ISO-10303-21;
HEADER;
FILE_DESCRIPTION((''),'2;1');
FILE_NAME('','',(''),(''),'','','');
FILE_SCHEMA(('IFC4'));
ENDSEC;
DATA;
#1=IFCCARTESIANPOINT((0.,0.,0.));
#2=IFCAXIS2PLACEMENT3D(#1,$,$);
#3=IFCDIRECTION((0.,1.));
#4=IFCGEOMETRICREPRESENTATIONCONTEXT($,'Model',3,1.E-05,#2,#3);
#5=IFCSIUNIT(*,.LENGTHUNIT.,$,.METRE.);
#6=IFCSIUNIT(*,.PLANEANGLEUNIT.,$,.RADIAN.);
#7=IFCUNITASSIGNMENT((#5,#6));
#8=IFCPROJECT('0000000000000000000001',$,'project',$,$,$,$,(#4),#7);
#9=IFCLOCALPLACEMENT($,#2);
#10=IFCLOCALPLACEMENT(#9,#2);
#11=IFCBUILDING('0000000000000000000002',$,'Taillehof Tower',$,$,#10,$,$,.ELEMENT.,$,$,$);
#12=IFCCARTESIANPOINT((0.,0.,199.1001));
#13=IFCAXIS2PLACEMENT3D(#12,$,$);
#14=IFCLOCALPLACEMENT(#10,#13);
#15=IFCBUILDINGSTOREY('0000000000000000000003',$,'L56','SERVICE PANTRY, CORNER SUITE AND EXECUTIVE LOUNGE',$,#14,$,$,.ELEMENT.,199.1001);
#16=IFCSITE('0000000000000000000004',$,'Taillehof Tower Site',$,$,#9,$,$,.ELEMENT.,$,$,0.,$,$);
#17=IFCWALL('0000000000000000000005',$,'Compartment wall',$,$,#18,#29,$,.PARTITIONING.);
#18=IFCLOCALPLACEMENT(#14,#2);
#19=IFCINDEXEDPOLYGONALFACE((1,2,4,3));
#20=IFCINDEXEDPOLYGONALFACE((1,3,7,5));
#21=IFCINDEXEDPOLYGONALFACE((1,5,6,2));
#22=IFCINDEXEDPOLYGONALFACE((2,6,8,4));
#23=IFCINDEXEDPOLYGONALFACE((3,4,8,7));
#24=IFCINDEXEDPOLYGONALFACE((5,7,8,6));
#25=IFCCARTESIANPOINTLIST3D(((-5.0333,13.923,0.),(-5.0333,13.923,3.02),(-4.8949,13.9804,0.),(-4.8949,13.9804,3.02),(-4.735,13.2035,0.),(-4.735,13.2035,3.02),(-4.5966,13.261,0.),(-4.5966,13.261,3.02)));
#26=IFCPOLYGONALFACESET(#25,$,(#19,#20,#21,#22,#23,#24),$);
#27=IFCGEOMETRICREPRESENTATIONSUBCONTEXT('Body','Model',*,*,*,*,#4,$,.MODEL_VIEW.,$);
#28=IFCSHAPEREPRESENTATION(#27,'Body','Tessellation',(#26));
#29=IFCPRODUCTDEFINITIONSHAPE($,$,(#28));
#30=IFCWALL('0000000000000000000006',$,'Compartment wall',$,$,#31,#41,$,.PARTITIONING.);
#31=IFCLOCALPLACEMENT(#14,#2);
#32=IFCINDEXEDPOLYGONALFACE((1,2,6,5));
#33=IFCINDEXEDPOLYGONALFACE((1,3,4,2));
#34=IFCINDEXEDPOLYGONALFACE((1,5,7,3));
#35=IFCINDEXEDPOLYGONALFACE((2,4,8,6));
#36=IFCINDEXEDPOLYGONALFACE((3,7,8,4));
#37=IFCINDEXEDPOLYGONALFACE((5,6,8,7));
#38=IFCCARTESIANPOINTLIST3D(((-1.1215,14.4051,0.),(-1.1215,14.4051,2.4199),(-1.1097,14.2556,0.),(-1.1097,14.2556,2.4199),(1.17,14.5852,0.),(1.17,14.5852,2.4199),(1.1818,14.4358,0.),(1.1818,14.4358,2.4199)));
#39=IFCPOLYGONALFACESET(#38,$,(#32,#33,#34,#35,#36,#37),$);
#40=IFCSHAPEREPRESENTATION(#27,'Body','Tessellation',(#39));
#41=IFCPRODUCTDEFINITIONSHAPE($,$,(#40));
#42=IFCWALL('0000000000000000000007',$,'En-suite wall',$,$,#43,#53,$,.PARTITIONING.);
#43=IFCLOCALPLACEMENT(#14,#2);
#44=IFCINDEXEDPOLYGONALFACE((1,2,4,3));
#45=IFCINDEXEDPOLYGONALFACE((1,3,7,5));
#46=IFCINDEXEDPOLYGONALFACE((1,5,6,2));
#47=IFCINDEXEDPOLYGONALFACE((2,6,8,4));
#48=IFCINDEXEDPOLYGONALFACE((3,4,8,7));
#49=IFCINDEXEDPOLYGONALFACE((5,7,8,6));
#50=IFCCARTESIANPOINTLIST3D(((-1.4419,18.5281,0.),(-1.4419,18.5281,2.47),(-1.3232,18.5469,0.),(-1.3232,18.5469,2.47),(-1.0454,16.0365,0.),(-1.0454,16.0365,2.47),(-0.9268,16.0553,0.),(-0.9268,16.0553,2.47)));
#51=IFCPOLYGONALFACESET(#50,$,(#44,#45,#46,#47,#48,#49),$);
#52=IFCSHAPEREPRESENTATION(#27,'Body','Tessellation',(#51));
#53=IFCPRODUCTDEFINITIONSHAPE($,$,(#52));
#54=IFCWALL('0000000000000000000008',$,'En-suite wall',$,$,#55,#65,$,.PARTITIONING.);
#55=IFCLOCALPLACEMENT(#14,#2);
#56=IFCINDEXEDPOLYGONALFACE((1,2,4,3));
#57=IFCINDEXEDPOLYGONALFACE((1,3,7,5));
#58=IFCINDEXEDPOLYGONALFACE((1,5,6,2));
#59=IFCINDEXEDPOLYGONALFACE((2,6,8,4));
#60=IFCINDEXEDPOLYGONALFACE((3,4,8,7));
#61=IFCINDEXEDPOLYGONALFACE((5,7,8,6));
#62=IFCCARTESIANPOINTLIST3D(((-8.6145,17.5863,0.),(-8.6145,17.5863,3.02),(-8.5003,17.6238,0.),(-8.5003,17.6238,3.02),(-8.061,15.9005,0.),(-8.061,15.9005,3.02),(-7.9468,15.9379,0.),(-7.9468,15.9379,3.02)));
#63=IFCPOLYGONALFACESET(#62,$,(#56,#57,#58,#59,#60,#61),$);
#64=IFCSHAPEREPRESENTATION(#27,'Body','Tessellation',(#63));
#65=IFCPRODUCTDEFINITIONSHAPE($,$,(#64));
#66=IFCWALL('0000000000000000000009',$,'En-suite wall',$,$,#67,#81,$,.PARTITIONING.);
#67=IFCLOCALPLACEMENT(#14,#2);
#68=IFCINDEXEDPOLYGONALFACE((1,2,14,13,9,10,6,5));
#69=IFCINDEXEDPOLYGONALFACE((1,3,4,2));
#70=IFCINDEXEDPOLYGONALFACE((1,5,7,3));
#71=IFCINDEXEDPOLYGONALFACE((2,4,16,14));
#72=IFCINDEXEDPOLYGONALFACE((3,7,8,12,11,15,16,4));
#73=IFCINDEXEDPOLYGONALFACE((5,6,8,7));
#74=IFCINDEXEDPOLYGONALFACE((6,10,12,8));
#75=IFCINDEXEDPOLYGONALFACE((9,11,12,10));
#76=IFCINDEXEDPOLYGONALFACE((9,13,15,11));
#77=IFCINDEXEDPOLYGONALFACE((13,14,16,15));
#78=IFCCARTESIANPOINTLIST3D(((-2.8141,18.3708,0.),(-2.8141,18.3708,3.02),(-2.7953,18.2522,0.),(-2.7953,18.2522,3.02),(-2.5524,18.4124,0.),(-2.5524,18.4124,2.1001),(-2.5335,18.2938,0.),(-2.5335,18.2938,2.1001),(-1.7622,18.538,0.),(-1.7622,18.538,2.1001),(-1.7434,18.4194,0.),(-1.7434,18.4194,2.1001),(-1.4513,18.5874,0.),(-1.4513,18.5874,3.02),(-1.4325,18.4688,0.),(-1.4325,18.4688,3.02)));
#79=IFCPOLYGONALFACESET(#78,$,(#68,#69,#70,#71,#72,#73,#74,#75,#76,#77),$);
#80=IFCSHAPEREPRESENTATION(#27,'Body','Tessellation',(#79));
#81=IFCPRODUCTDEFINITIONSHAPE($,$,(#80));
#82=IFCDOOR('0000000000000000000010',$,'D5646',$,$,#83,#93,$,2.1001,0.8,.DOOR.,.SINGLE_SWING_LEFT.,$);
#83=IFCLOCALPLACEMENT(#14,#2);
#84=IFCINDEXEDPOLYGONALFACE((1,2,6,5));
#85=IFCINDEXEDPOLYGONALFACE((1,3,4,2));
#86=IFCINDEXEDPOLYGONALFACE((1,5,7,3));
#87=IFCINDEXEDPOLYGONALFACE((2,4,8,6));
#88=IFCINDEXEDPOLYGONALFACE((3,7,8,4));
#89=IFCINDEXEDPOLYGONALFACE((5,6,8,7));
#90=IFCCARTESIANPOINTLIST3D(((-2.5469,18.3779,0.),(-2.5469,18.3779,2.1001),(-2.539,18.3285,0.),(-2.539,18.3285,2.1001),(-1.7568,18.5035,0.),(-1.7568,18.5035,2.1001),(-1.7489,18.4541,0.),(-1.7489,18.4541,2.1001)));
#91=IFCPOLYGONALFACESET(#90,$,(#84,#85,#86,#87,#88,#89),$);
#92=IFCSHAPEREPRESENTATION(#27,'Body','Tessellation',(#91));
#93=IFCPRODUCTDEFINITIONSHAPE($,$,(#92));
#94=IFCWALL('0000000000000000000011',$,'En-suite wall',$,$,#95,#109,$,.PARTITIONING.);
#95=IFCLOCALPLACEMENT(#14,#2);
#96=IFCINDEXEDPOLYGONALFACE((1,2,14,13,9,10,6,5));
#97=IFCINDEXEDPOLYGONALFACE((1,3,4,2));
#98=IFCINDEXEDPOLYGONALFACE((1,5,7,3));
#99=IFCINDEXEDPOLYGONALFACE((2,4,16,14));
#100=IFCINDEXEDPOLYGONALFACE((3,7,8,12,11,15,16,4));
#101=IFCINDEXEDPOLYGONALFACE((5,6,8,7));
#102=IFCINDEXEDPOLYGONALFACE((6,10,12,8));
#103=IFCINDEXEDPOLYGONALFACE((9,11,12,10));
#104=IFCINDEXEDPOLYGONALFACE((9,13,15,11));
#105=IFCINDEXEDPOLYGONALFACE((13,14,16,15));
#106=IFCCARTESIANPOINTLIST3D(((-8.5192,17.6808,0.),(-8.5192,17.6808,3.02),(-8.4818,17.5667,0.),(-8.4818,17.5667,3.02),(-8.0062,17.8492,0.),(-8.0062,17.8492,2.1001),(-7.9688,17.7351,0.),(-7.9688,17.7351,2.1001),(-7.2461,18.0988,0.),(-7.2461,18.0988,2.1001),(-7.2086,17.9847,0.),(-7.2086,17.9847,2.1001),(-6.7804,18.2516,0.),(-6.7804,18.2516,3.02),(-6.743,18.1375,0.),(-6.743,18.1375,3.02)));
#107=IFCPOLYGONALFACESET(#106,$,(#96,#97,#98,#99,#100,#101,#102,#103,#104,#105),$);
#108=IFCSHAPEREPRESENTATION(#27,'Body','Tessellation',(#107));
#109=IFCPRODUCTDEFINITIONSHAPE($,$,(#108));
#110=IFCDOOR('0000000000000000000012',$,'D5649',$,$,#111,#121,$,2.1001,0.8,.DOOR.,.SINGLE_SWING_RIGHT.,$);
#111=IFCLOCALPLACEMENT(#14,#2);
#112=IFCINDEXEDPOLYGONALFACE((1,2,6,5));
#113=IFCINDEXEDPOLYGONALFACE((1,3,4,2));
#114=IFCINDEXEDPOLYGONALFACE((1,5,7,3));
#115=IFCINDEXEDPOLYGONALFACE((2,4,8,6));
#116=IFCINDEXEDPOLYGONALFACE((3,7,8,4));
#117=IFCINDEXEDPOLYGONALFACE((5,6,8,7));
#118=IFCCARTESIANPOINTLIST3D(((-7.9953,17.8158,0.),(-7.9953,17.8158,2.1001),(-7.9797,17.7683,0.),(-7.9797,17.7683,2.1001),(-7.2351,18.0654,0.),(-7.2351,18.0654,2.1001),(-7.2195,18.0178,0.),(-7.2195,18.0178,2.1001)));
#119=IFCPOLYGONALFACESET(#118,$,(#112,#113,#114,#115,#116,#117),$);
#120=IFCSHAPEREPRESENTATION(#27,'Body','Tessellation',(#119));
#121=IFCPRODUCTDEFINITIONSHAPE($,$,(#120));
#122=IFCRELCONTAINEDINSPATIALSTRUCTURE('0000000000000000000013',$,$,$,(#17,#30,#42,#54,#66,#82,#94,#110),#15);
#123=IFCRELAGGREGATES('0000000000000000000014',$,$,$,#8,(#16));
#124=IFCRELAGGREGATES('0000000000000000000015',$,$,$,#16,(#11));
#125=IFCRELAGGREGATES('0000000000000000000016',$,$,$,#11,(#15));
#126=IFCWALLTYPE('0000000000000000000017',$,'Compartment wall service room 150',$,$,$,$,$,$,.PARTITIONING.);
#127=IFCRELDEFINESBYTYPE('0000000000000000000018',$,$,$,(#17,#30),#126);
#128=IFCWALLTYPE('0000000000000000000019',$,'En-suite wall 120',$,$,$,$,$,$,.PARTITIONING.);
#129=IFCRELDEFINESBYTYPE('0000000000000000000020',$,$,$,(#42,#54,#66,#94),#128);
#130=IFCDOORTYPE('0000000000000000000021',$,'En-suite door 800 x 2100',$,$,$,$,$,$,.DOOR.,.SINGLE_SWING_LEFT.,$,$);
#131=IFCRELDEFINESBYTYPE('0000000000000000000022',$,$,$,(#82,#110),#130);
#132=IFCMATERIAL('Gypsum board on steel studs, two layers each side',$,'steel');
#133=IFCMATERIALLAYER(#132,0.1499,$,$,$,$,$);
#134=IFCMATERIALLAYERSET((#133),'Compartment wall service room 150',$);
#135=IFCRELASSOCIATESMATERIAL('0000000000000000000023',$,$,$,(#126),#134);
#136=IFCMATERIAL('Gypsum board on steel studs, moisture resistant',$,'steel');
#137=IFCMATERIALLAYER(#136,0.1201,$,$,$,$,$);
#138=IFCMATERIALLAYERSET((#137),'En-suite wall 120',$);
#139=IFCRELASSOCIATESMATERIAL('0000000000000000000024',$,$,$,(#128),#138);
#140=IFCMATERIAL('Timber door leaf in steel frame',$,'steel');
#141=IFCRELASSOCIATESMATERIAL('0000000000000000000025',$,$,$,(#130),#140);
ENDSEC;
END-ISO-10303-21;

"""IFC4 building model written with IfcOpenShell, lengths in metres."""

from ifc_helpers import new_model, si_unit, direction, frame, frame_2d, origin, place, context, subcontext, project, spatial, rectangle, extrude, material, layer, layer_set, type_object, element, fill, save


model = new_model("IFC4")

# Units and contexts
model_context = context("Model", 3, precision=1e-05, world=origin(), true_north=direction((0.0, 1.0)))
body_context = subcontext(model_context, "Body", "Model", "MODEL_VIEW")
ifc_project = project(units=[si_unit("LENGTHUNIT", "METRE"), si_unit("PLANEANGLEUNIT", "RADIAN")], contexts=[model_context])

# Site, building, storey
site_placement = place(None, origin())
site = spatial("IfcSite", under=ifc_project, at=site_placement, Name="Taillehof Tower Site", CompositionType="ELEMENT", RefElevation=0.0)
building_placement = place(site_placement, origin())
building = spatial("IfcBuilding", under=site, at=building_placement, Name="Taillehof Tower", CompositionType="ELEMENT")
storey_placement = place(building_placement, frame((0.0, 0.0, 199.1001)))
storey = spatial("IfcBuildingStorey", under=building, at=storey_placement, Name="L56", Description="SERVICE PANTRY, CORNER SUITE AND EXECUTIVE LOUNGE", CompositionType="ELEMENT", Elevation=199.1001)

# Walls
ifc_material_1 = material(Name="Gypsum board on steel studs, two layers each side", Category="steel")
ifc_layer_1 = layer(ifc_material_1, 0.1499)
ifc_layer_set_1 = layer_set([ifc_layer_1], Name="Compartment wall service room 150")
wall_type_1 = type_object("IfcWallType", Name="Compartment wall service room 150", PredefinedType="PARTITIONING", material=ifc_layer_set_1)
wall_1_placement = place(storey_placement, frame((-4.9641, 13.9517, 0.0), z_axis=(0.0, 0.0, 1.0), x_axis=(0.383035, -0.923734, 0.0)))
element("IfcWall", 1, at=wall_1_placement, inside=storey, type_object=wall_type_1, Name="Compartment wall", PredefinedType="PARTITIONING", context=body_context, shape_type="SweptSolid", body=[
    extrude(rectangle(XDim=0.7788, YDim=0.1499, at=frame_2d((0.3894, 0.0))), origin(), (0.0, 0.0, 1.0), 3.02),
])
wall_2_placement = place(storey_placement, frame((-1.1157, 14.3303, 0.0), z_axis=(0.0, 0.0, 1.0), x_axis=(0.996923, 0.078386, 0.0)))
element("IfcWall", 2, at=wall_2_placement, inside=storey, type_object=wall_type_1, Name="Compartment wall", PredefinedType="PARTITIONING", context=body_context, shape_type="SweptSolid", body=[
    extrude(rectangle(XDim=2.2986, YDim=0.1499, at=frame_2d((1.1494, 0.0))), origin(), (0.0, 0.0, 1.0), 2.4199),
])
ifc_material_2 = material(Name="Gypsum board on steel studs, moisture resistant", Category="steel")
ifc_layer_2 = layer(ifc_material_2, 0.1201)
ifc_layer_set_2 = layer_set([ifc_layer_2], Name="En-suite wall 120")
wall_type_2 = type_object("IfcWallType", Name="En-suite wall 120", PredefinedType="PARTITIONING", material=ifc_layer_set_2)
wall_3_placement = place(storey_placement, frame((-0.9861, 16.0459, 0.0), z_axis=(0.0, 0.0, 1.0), x_axis=(-0.157145, 0.987576, 0.0)))
element("IfcWall", 3, at=wall_3_placement, inside=storey, type_object=wall_type_2, Name="En-suite wall", PredefinedType="PARTITIONING", context=body_context, shape_type="SweptSolid", body=[
    extrude(rectangle(XDim=2.5229, YDim=0.1201, at=frame_2d((1.2615, 0.0))), origin(), (0.0, 0.0, 1.0), 2.47),
])
wall_4_placement = place(storey_placement, frame((-8.0039, 15.9192, 0.0), z_axis=(0.0, 0.0, 1.0), x_axis=(-0.311932, 0.950105, 0.0)))
element("IfcWall", 4, at=wall_4_placement, inside=storey, type_object=wall_type_2, Name="En-suite wall", PredefinedType="PARTITIONING", context=body_context, shape_type="SweptSolid", body=[
    extrude(rectangle(XDim=1.7744, YDim=0.1201, at=frame_2d((0.8872, 0.0))), origin(), (0.0, 0.0, 1.0), 3.02),
])

# Walls, openings, doors
wall_5_placement = place(storey_placement, frame((-1.4419, 18.5281, 0.0), z_axis=(0.0, 0.0, 1.0), x_axis=(-0.987609, -0.156935, 0.0)))
wall_5 = element("IfcWall", 5, at=wall_5_placement, inside=storey, type_object=wall_type_2, Name="En-suite wall", PredefinedType="PARTITIONING", context=body_context, shape_type="SweptSolid", body=[
    extrude(rectangle(XDim=1.3799, YDim=0.1201, at=frame_2d((0.6899, 0.0))), origin(), (0.0, 0.0, 1.0), 3.02),
])
opening_1_placement = place(wall_5_placement, frame((0.3149, 0.0, 0.0)))
opening_1 = element("IfcOpeningElement", 6, at=opening_1_placement, cuts=wall_5, PredefinedType="OPENING", context=body_context, shape_type="SweptSolid", body=[
    extrude(rectangle(XDim=0.8, YDim=2.1001, at=frame_2d((0.3999, 1.05))), frame((0.0, 0.0701, 0.0), z_axis=(0.0, -1.0, 0.0), x_axis=(1.0, 0.0, 0.0)), (0.0, 0.0, 1.0), 0.1401),
])
ifc_material_3 = material(Name="Timber door leaf in steel frame", Category="steel")
door_type_1 = type_object("IfcDoorType", Name="En-suite door 800 x 2100", OperationType="SINGLE_SWING_LEFT", PredefinedType="DOOR", material=ifc_material_3)
door_1_placement = place(opening_1_placement, origin())
door_1 = element("IfcDoor", 7, at=door_1_placement, inside=storey, type_object=door_type_1, Name="D5646", OperationType="SINGLE_SWING_LEFT", OverallHeight=2.1001, OverallWidth=0.8, PredefinedType="DOOR", context=body_context, shape_type="SweptSolid", body=[
    extrude(rectangle(XDim=0.8, YDim=2.1001, at=frame_2d((0.3999, 1.05))), frame((0.0, 0.0249, 0.0), z_axis=(0.0, -1.0, 0.0), x_axis=(1.0, 0.0, 0.0)), (0.0, 0.0, 1.0), 0.05),
])
fill(opening_1, door_1)
wall_6_placement = place(storey_placement, frame((-8.5005, 17.6238, 0.0), z_axis=(0.0, 0.0, 1.0), x_axis=(0.950114, 0.311902, 0.0)))
wall_6 = element("IfcWall", 8, at=wall_6_placement, inside=storey, type_object=wall_type_2, Name="En-suite wall", PredefinedType="PARTITIONING", context=body_context, shape_type="SweptSolid", body=[
    extrude(rectangle(XDim=1.8301, YDim=0.1201, at=frame_2d((0.915, 0.0))), origin(), (0.0, 0.0, 1.0), 3.02),
])
opening_2_placement = place(wall_6_placement, frame((0.54, 0.0, 0.0)))
opening_2 = element("IfcOpeningElement", 9, at=opening_2_placement, cuts=wall_6, PredefinedType="OPENING", context=body_context, shape_type="SweptSolid", body=[
    extrude(rectangle(XDim=0.8, YDim=2.1001, at=frame_2d((0.3999, 1.05))), frame((0.0, 0.0701, 0.0), z_axis=(0.0, -1.0, 0.0), x_axis=(1.0, 0.0, 0.0)), (0.0, 0.0, 1.0), 0.1401),
])
door_2_placement = place(opening_2_placement, origin())
door_2 = element("IfcDoor", 10, at=door_2_placement, inside=storey, type_object=door_type_1, Name="D5649", OperationType="SINGLE_SWING_RIGHT", OverallHeight=2.1001, OverallWidth=0.8, PredefinedType="DOOR", context=body_context, shape_type="SweptSolid", body=[
    extrude(rectangle(XDim=0.8, YDim=2.1001, at=frame_2d((0.3999, 1.05))), frame((0.0, 0.0249, 0.0), z_axis=(0.0, -1.0, 0.0), x_axis=(1.0, 0.0, 0.0)), (0.0, 0.0, 1.0), 0.05),
])
fill(opening_2, door_2)

save(model, "model.ifc")
